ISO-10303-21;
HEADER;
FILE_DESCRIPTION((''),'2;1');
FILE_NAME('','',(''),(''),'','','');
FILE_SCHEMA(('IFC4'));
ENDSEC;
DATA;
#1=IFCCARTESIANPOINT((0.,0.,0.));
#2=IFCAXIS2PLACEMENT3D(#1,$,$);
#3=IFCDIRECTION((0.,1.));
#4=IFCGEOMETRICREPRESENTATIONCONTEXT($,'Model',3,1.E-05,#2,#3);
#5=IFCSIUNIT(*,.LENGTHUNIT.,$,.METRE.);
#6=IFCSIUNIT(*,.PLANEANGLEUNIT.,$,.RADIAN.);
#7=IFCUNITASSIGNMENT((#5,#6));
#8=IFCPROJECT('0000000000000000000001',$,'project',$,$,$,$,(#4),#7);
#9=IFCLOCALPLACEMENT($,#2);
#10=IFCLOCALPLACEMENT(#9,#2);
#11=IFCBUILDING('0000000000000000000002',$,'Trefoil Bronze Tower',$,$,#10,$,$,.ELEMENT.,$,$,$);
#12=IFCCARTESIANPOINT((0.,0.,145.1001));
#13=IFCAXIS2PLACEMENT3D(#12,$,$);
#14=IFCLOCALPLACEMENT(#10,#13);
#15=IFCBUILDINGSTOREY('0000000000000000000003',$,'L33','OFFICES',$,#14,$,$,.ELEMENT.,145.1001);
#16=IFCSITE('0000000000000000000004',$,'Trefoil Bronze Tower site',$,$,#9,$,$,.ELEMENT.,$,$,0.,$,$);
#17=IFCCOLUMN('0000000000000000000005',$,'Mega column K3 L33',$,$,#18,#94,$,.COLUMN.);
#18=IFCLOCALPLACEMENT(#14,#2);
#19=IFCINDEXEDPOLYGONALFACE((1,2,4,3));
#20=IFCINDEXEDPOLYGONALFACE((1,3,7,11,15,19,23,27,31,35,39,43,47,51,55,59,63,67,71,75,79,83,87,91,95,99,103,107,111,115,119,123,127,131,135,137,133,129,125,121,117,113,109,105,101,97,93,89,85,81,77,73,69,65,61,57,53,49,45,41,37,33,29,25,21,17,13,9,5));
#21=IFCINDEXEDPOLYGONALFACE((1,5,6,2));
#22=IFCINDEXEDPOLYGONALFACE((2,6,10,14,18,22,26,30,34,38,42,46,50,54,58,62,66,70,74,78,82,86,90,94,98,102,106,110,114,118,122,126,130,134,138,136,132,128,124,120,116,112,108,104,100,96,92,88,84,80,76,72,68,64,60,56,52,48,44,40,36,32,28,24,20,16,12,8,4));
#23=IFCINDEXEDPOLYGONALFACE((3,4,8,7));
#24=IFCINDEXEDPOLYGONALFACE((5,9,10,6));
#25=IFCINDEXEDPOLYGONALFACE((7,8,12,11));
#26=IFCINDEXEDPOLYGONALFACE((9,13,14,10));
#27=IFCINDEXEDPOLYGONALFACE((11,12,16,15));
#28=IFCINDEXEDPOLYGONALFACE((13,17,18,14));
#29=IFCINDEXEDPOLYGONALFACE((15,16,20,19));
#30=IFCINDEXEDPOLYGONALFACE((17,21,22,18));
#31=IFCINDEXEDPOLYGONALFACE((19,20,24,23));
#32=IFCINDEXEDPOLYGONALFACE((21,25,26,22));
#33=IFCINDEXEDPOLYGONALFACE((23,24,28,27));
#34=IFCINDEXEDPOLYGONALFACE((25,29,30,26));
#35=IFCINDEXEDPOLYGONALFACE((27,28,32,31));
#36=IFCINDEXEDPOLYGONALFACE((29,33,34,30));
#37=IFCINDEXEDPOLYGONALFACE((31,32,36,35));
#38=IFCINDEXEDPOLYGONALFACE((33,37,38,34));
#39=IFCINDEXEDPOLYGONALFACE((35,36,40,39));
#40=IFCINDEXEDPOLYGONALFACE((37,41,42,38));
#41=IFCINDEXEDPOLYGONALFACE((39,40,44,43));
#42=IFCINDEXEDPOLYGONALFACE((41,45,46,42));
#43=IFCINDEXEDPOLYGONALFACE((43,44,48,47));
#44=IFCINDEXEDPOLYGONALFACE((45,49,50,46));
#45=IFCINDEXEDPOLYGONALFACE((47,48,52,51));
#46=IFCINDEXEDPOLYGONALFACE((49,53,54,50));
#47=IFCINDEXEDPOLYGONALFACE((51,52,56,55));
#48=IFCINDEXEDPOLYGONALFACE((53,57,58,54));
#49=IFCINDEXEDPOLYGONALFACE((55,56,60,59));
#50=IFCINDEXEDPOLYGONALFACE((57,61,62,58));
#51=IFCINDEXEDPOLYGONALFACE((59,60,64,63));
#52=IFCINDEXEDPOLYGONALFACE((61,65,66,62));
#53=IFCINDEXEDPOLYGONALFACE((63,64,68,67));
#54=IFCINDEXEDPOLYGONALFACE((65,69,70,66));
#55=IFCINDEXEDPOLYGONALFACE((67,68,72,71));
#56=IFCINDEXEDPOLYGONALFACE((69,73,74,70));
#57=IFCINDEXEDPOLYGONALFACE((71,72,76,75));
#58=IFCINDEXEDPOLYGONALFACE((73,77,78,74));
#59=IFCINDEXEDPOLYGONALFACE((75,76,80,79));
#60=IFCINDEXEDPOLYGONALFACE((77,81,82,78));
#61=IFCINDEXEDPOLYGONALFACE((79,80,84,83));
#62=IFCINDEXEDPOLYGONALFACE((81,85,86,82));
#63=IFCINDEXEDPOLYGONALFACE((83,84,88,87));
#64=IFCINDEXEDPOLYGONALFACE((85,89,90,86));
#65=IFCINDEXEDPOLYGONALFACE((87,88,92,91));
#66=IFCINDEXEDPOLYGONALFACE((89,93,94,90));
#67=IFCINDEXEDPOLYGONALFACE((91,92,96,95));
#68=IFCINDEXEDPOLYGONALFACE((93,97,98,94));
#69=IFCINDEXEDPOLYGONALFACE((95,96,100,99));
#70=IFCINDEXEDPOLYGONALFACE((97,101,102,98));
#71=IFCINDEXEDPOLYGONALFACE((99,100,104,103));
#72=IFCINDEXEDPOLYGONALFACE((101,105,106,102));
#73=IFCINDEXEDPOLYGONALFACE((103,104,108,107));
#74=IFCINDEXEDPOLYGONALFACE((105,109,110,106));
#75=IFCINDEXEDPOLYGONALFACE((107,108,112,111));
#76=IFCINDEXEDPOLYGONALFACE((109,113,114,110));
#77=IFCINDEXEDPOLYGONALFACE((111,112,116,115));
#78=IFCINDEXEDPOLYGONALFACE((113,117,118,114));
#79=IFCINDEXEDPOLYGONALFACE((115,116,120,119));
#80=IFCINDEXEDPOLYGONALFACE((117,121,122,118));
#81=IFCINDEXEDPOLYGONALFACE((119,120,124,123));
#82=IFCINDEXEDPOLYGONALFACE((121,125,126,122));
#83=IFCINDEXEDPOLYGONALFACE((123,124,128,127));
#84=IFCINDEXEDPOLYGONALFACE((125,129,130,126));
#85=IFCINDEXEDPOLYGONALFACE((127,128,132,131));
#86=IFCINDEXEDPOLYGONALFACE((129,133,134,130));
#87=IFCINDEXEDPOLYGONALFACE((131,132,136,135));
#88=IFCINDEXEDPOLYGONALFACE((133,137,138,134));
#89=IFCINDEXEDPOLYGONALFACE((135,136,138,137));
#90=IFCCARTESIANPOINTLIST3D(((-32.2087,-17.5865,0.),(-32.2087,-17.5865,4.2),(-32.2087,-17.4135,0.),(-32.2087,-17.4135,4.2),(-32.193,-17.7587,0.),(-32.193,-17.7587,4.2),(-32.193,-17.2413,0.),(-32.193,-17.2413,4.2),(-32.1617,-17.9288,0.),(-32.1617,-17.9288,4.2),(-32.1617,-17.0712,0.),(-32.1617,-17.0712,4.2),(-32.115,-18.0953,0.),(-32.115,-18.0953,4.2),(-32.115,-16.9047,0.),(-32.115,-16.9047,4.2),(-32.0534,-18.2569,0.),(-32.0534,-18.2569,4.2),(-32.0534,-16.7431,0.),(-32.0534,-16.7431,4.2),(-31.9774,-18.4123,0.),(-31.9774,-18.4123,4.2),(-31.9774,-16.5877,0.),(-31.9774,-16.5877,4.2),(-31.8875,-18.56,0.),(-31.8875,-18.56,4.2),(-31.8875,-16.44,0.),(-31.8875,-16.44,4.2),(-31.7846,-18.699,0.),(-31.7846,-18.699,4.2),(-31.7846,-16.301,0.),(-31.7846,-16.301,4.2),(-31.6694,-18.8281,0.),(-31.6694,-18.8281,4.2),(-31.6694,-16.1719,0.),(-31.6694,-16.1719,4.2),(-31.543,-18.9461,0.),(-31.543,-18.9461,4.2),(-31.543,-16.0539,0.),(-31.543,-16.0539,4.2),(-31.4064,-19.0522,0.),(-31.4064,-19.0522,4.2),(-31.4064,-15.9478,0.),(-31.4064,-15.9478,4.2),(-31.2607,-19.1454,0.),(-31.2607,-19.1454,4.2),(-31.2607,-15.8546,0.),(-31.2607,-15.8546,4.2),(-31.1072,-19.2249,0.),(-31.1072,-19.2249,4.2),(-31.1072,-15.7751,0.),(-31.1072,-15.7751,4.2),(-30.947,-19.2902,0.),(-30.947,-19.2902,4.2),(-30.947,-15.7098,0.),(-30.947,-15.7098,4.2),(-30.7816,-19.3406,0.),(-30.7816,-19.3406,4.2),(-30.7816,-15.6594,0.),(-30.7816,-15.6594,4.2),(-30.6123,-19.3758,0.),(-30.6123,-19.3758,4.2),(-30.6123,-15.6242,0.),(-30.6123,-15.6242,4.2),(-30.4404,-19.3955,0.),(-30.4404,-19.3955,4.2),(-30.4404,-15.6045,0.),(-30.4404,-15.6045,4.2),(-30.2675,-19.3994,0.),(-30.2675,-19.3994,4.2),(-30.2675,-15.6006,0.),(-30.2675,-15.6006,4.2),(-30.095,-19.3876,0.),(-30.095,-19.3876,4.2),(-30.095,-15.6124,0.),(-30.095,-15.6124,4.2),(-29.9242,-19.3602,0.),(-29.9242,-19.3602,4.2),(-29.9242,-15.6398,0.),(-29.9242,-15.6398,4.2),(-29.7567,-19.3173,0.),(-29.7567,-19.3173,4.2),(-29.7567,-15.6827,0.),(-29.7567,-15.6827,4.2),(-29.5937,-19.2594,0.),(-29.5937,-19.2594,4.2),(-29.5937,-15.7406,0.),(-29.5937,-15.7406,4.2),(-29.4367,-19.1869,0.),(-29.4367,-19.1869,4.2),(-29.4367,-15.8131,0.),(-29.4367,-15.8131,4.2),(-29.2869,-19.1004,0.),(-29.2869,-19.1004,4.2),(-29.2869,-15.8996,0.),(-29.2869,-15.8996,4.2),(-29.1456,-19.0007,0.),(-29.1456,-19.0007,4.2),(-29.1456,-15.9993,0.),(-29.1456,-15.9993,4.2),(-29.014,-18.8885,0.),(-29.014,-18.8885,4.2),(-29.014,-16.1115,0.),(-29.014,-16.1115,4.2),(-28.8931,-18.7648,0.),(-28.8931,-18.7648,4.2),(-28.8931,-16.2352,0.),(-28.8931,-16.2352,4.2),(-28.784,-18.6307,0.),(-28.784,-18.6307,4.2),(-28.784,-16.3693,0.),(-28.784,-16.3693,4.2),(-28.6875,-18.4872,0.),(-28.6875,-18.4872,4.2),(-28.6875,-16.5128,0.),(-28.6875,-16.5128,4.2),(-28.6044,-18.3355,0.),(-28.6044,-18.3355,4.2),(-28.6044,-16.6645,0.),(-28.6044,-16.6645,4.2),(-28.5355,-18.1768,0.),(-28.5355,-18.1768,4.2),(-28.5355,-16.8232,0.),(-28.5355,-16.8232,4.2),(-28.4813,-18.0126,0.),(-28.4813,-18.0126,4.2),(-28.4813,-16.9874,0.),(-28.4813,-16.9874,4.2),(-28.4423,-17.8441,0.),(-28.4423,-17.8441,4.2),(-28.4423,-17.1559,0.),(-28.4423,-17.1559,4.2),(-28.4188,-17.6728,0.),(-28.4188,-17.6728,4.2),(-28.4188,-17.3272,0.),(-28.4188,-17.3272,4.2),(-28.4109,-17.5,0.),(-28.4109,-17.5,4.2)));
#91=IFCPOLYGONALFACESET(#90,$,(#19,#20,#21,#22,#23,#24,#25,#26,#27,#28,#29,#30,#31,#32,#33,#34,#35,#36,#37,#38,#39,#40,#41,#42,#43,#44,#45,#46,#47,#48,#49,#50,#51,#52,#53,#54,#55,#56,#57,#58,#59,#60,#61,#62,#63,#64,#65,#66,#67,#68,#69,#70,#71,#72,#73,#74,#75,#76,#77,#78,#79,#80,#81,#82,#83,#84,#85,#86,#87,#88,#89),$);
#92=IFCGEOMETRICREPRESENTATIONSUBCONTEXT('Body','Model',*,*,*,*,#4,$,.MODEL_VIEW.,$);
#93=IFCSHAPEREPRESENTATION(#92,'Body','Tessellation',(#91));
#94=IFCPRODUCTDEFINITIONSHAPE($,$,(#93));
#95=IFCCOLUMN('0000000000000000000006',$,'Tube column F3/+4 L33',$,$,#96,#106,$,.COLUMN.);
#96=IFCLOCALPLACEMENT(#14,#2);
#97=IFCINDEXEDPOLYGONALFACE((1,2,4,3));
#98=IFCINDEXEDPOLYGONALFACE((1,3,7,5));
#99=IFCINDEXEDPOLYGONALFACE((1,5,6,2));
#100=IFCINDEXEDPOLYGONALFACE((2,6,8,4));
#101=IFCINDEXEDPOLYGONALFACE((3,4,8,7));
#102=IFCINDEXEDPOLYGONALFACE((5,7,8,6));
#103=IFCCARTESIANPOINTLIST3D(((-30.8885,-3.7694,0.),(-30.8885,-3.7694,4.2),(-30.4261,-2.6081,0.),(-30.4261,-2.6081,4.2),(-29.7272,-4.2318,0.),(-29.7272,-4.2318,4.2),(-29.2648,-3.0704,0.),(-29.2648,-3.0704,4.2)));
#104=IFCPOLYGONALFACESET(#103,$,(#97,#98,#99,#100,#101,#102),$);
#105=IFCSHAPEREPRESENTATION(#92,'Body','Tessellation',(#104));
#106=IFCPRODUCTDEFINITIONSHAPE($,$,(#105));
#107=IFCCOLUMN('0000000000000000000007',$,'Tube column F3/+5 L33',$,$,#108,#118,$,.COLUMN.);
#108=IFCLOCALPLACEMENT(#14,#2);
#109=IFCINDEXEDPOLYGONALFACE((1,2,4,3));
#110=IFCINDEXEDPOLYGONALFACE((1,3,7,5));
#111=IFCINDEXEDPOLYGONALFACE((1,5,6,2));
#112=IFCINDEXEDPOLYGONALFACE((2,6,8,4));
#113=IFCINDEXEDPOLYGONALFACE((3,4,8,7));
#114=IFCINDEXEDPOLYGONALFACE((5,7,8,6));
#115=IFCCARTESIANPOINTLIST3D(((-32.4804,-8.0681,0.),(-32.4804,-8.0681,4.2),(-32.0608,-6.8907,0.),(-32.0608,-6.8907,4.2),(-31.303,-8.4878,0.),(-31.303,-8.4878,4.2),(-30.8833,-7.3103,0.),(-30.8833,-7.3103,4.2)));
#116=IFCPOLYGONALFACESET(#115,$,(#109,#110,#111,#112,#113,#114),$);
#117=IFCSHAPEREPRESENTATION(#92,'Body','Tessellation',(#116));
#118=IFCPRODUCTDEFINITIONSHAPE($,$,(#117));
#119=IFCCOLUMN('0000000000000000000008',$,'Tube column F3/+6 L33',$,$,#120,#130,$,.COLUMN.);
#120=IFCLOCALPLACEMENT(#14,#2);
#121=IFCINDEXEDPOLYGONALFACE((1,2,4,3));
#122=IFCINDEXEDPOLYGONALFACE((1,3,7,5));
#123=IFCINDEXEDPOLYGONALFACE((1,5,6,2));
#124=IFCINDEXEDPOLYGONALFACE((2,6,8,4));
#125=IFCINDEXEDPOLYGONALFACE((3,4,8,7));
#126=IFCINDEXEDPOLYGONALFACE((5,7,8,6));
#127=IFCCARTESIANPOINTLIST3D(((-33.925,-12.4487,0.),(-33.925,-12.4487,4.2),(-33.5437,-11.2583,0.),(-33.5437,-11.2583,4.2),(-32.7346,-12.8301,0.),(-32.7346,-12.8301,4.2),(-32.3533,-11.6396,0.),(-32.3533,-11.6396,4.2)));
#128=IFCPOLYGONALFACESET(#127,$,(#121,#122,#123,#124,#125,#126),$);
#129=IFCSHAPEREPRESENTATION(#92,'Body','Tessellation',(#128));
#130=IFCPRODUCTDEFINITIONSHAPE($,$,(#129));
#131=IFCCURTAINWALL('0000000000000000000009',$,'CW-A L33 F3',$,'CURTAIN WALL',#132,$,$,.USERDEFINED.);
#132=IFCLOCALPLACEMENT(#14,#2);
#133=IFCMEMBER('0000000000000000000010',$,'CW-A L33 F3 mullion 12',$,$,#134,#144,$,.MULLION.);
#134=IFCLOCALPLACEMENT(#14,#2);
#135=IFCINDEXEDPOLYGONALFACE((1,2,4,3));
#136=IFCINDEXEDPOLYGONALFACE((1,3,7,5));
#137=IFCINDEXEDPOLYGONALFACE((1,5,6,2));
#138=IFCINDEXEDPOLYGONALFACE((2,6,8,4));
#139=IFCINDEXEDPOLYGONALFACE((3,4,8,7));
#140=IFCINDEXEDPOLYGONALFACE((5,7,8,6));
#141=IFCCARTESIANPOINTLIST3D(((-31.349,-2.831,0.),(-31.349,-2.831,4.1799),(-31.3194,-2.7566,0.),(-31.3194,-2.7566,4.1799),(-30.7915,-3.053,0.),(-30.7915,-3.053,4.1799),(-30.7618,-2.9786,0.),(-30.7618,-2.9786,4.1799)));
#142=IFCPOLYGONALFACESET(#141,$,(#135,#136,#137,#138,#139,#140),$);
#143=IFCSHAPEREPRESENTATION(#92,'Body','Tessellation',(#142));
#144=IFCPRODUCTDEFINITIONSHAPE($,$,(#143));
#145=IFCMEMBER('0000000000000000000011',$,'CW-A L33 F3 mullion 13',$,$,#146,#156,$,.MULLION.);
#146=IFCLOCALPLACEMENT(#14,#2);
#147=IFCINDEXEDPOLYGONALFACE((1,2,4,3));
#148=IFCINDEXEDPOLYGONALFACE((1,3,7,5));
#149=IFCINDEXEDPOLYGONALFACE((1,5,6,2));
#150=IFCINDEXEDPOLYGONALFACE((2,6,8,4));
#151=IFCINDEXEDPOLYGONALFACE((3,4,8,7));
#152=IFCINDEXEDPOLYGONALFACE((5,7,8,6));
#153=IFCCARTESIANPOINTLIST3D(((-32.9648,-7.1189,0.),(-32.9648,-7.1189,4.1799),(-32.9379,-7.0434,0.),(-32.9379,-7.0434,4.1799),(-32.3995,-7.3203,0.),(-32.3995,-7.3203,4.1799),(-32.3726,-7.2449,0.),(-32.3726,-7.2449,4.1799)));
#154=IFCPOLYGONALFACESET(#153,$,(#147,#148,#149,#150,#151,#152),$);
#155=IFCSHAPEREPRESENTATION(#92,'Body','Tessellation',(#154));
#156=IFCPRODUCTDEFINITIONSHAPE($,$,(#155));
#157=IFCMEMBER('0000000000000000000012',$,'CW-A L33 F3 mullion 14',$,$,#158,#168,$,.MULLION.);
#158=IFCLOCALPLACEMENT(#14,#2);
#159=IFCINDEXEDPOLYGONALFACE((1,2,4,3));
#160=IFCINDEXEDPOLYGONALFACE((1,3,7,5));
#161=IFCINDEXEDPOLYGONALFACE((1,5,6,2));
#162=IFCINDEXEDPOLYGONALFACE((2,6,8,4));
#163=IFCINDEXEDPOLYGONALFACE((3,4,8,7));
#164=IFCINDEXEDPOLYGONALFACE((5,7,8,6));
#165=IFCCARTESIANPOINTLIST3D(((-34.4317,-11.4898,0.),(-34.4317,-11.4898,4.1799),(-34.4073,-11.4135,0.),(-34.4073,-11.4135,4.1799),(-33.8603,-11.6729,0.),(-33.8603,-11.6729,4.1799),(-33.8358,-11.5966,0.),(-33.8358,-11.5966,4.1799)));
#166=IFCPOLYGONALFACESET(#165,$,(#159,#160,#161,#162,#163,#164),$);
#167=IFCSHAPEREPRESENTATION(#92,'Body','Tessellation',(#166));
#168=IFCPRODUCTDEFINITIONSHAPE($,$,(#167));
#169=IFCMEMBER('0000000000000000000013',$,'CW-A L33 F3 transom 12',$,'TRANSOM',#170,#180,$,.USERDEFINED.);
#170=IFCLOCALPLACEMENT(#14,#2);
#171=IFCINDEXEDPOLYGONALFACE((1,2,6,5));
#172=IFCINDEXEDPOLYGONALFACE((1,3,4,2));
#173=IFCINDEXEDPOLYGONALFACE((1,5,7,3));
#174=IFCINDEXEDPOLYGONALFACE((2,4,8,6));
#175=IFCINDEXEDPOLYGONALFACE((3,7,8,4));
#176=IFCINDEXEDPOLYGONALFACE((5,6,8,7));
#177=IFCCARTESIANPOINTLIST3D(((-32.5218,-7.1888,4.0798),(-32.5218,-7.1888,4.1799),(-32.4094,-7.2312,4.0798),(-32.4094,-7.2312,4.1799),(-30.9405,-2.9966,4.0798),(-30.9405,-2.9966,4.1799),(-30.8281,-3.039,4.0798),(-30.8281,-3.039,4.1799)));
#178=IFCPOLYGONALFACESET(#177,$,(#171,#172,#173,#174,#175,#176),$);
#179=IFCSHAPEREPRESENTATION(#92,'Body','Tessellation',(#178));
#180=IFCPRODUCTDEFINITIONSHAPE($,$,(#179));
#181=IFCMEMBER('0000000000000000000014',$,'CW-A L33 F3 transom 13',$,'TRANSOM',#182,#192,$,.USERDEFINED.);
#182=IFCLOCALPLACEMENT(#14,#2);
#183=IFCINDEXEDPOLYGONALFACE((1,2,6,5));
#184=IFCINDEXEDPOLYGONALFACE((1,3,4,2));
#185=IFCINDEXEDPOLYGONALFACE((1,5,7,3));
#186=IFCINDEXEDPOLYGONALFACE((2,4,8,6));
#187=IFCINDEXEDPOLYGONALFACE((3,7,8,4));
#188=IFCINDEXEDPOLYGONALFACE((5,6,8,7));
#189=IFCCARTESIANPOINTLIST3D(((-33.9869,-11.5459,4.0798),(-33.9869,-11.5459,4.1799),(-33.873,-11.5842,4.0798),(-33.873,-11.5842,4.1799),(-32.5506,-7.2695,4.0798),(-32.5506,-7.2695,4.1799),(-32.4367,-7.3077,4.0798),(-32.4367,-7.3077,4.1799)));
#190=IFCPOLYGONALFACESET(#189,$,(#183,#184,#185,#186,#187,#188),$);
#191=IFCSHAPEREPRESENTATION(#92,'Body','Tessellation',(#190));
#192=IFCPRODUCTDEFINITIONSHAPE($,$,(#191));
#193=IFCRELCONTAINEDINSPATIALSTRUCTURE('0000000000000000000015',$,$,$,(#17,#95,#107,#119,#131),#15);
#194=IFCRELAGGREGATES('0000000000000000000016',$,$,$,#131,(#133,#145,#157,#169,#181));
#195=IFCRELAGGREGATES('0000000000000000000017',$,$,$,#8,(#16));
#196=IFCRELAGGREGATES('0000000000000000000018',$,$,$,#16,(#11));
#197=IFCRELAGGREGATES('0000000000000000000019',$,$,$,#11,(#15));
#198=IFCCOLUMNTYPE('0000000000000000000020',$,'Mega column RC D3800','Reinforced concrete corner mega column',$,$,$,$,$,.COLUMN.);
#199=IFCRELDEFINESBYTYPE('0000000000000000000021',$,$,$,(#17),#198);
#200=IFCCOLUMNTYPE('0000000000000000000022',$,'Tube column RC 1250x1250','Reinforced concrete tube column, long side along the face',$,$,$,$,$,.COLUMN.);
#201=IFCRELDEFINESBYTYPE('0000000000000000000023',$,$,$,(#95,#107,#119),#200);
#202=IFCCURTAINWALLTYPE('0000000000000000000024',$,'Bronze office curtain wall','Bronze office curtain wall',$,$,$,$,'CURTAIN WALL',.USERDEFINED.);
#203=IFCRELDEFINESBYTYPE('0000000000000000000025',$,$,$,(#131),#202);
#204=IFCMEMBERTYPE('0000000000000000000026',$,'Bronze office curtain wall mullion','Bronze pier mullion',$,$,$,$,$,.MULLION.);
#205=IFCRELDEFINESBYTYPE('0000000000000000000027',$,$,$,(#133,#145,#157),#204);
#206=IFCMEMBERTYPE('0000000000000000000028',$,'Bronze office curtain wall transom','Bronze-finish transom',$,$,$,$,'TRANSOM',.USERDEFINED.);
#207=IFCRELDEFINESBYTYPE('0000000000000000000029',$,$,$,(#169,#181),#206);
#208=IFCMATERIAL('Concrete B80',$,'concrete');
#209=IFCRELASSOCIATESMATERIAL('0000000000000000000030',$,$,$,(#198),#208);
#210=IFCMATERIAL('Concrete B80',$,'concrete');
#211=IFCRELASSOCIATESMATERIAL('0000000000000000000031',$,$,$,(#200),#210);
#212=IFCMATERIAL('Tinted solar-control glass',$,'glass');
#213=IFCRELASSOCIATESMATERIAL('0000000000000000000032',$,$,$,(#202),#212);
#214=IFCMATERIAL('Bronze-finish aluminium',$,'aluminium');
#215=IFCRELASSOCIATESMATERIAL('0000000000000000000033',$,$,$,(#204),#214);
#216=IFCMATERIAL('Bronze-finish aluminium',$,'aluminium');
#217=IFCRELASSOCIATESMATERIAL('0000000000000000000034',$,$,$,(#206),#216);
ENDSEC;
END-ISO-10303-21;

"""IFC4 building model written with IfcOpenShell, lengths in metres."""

from ifc_helpers import new_model, si_unit, direction, frame, origin, origin_2d, place, context, subcontext, project, spatial, rectangle, circle, extrude, material, material_profile, profile_set, type_object, element, aggregate, save


model = new_model("IFC4")

# Units and contexts
model_context = context("Model", 3, precision=1e-05, world=origin(), true_north=direction((0.0, 1.0)))
body_context = subcontext(model_context, "Body", "Model", "MODEL_VIEW")
ifc_project = project(units=[si_unit("LENGTHUNIT", "METRE"), si_unit("PLANEANGLEUNIT", "RADIAN")], contexts=[model_context])

# Site, building, storey
site_placement = place(None, origin())
site = spatial("IfcSite", under=ifc_project, at=site_placement, Name="Trefoil Bronze Tower site", CompositionType="ELEMENT", RefElevation=0.0)
building_placement = place(site_placement, origin())
building = spatial("IfcBuilding", under=site, at=building_placement, Name="Trefoil Bronze Tower", CompositionType="ELEMENT")
storey_placement = place(building_placement, frame((0.0, 0.0, 145.1001)))
storey = spatial("IfcBuildingStorey", under=building, at=storey_placement, Name="L33", Description="OFFICES", CompositionType="ELEMENT", Elevation=145.1001)

# Columns
ifc_material_1 = material(Name="Concrete B80", Category="concrete")
ifc_material_profile_1 = material_profile(ifc_material_1, circle(Radius=1.8999, at=origin_2d()), Name="RC D3800")
ifc_profile_set_1 = profile_set([ifc_material_profile_1], Name="Concrete B80")
column_type_1 = type_object("IfcColumnType", Name="Mega column RC D3800", Description="Reinforced concrete corner mega column", PredefinedType="COLUMN", material=ifc_profile_set_1)
column_placement = place(storey_placement, frame((-30.3108, -17.5, 0.0), z_axis=(0.0, 0.0, 1.0), x_axis=(1.0, 0.0, 0.0)))
element("IfcColumn", 1, at=column_placement, inside=storey, type_object=column_type_1, Name="Mega column K3 L33", PredefinedType="COLUMN", context=body_context, shape_type="SweptSolid", body=[
    extrude(circle(Radius=1.8999, at=origin_2d()), origin(), (0.0, 0.0, 1.0), 4.2),
])
ifc_material_2 = material(Name="Concrete B80", Category="concrete")
ifc_material_profile_2 = material_profile(ifc_material_2, rectangle(XDim=1.25, YDim=1.25, at=origin_2d()), Name="RC 1250x1250")
ifc_profile_set_2 = profile_set([ifc_material_profile_2], Name="Concrete B80")
column_type_2 = type_object("IfcColumnType", Name="Tube column RC 1250x1250", Description="Reinforced concrete tube column, long side along the face", PredefinedType="COLUMN", material=ifc_profile_set_2)
for number, where, z_axis, x_axis, name in (
    (2, (-30.0767, -3.4199, 0.0), (0.0, 0.0, 1.0), (-0.369901, -0.929071, 0.0), "Tube column F3/+4 L33"),
    (3, (-31.6819, -7.6892, 0.0), (0.0, 0.0, 1.0), (-0.335718, -0.941963, 0.0), "Tube column F3/+5 L33"),
    (4, (-33.1392, -12.0442, 0.0), (0.0, 0.0, 1.0), (-0.305066, -0.952331, 0.0), "Tube column F3/+6 L33"),
):
    element("IfcColumn", number, at=place(storey_placement, frame(where, z_axis=z_axis, x_axis=x_axis)), inside=storey, type_object=column_type_2, Name=name, PredefinedType="COLUMN", context=body_context, shape_type="SweptSolid", body=[
        extrude(rectangle(XDim=1.25, YDim=1.25, at=origin_2d()), origin(), (0.0, 0.0, 1.0), 4.2),
    ])

# Curtain wall, members
ifc_material_3 = material(Name="Tinted solar-control glass", Category="glass")
curtain_wall_type_1 = type_object("IfcCurtainWallType", Name="Bronze office curtain wall", Description="Bronze office curtain wall", ElementType="CURTAIN WALL", PredefinedType="USERDEFINED", material=ifc_material_3)
curtain_wall_1_placement = place(storey_placement, origin())
curtain_wall_1 = element("IfcCurtainWall", 5, at=curtain_wall_1_placement, inside=storey, type_object=curtain_wall_type_1, Name="CW-A L33 F3", ObjectType="CURTAIN WALL", PredefinedType="USERDEFINED")
ifc_material_4 = material(Name="Bronze-finish aluminium", Category="aluminium")
ifc_material_profile_3 = material_profile(ifc_material_4, rectangle(XDim=0.6001, YDim=0.0801, at=origin_2d()), Name="CW-A mullion")
ifc_profile_set_3 = profile_set([ifc_material_profile_3], Name="Bronze-finish aluminium")
member_type_1 = type_object("IfcMemberType", Name="Bronze office curtain wall mullion", Description="Bronze pier mullion", PredefinedType="MULLION", material=ifc_profile_set_3)
member_1_placement = place(storey_placement, frame((-31.0554, -2.9048, 0.0), z_axis=(0.0, 0.0, 1.0), x_axis=(0.929071, -0.369901, 0.0)))
member_1 = element("IfcMember", 6, at=member_1_placement, type_object=member_type_1, Name="CW-A L33 F3 mullion 12", PredefinedType="MULLION", context=body_context, shape_type="SweptSolid", body=[
    extrude(rectangle(XDim=0.6001, YDim=0.0801, at=origin_2d()), origin(), (0.0, 0.0, 1.0), 4.1799),
])
member_2_placement = place(storey_placement, frame((-32.6687, -7.1819, 0.0), z_axis=(0.0, 0.0, 1.0), x_axis=(0.941963, -0.335718, 0.0)))
member_2 = element("IfcMember", 7, at=member_2_placement, type_object=member_type_1, Name="CW-A L33 F3 mullion 13", PredefinedType="MULLION", context=body_context, shape_type="SweptSolid", body=[
    extrude(rectangle(XDim=0.6001, YDim=0.0801, at=origin_2d()), origin(), (0.0, 0.0, 1.0), 4.1799),
])
member_3_placement = place(storey_placement, frame((-34.1338, -11.5432, 0.0), z_axis=(0.0, 0.0, 1.0), x_axis=(0.952331, -0.305066, 0.0)))
member_3 = element("IfcMember", 8, at=member_3_placement, type_object=member_type_1, Name="CW-A L33 F3 mullion 14", PredefinedType="MULLION", context=body_context, shape_type="SweptSolid", body=[
    extrude(rectangle(XDim=0.6001, YDim=0.0801, at=origin_2d()), origin(), (0.0, 0.0, 1.0), 4.1799),
])
ifc_material_5 = material(Name="Bronze-finish aluminium", Category="aluminium")
ifc_material_profile_4 = material_profile(ifc_material_5, rectangle(XDim=0.1201, YDim=0.1001, at=origin_2d()), Name="CW-A transom")
ifc_profile_set_4 = profile_set([ifc_material_profile_4], Name="Bronze-finish aluminium")
member_type_2 = type_object("IfcMemberType", Name="Bronze office curtain wall transom", Description="Bronze-finish transom", ElementType="TRANSOM", PredefinedType="USERDEFINED", material=ifc_profile_set_4)
member_4_placement = place(storey_placement, frame((-30.8843, -3.0178, 4.1299), z_axis=(-0.352932, -0.935649, 0.0), x_axis=(0.935649, -0.352932, 0.0)))
member_4 = element("IfcMember", 9, at=member_4_placement, type_object=member_type_2, Name="CW-A L33 F3 transom 12", ObjectType="TRANSOM", PredefinedType="USERDEFINED", context=body_context, shape_type="SweptSolid", body=[
    extrude(rectangle(XDim=0.1201, YDim=0.1001, at=origin_2d()), origin(), (0.0, 0.0, 1.0), 4.4805),
])
member_5_placement = place(storey_placement, frame((-32.4937, -7.2886, 4.1299), z_axis=(-0.318386, -0.947961, 0.0), x_axis=(0.947961, -0.318386, 0.0)))
member_5 = element("IfcMember", 10, at=member_5_placement, type_object=member_type_2, Name="CW-A L33 F3 transom 13", ObjectType="TRANSOM", PredefinedType="USERDEFINED", context=body_context, shape_type="SweptSolid", body=[
    extrude(rectangle(XDim=0.1201, YDim=0.1001, at=origin_2d()), origin(), (0.0, 0.0, 1.0), 4.5112),
])

aggregate(curtain_wall_1, [member_1, member_2, member_3, member_4, member_5])

save(model, "model.ifc")
